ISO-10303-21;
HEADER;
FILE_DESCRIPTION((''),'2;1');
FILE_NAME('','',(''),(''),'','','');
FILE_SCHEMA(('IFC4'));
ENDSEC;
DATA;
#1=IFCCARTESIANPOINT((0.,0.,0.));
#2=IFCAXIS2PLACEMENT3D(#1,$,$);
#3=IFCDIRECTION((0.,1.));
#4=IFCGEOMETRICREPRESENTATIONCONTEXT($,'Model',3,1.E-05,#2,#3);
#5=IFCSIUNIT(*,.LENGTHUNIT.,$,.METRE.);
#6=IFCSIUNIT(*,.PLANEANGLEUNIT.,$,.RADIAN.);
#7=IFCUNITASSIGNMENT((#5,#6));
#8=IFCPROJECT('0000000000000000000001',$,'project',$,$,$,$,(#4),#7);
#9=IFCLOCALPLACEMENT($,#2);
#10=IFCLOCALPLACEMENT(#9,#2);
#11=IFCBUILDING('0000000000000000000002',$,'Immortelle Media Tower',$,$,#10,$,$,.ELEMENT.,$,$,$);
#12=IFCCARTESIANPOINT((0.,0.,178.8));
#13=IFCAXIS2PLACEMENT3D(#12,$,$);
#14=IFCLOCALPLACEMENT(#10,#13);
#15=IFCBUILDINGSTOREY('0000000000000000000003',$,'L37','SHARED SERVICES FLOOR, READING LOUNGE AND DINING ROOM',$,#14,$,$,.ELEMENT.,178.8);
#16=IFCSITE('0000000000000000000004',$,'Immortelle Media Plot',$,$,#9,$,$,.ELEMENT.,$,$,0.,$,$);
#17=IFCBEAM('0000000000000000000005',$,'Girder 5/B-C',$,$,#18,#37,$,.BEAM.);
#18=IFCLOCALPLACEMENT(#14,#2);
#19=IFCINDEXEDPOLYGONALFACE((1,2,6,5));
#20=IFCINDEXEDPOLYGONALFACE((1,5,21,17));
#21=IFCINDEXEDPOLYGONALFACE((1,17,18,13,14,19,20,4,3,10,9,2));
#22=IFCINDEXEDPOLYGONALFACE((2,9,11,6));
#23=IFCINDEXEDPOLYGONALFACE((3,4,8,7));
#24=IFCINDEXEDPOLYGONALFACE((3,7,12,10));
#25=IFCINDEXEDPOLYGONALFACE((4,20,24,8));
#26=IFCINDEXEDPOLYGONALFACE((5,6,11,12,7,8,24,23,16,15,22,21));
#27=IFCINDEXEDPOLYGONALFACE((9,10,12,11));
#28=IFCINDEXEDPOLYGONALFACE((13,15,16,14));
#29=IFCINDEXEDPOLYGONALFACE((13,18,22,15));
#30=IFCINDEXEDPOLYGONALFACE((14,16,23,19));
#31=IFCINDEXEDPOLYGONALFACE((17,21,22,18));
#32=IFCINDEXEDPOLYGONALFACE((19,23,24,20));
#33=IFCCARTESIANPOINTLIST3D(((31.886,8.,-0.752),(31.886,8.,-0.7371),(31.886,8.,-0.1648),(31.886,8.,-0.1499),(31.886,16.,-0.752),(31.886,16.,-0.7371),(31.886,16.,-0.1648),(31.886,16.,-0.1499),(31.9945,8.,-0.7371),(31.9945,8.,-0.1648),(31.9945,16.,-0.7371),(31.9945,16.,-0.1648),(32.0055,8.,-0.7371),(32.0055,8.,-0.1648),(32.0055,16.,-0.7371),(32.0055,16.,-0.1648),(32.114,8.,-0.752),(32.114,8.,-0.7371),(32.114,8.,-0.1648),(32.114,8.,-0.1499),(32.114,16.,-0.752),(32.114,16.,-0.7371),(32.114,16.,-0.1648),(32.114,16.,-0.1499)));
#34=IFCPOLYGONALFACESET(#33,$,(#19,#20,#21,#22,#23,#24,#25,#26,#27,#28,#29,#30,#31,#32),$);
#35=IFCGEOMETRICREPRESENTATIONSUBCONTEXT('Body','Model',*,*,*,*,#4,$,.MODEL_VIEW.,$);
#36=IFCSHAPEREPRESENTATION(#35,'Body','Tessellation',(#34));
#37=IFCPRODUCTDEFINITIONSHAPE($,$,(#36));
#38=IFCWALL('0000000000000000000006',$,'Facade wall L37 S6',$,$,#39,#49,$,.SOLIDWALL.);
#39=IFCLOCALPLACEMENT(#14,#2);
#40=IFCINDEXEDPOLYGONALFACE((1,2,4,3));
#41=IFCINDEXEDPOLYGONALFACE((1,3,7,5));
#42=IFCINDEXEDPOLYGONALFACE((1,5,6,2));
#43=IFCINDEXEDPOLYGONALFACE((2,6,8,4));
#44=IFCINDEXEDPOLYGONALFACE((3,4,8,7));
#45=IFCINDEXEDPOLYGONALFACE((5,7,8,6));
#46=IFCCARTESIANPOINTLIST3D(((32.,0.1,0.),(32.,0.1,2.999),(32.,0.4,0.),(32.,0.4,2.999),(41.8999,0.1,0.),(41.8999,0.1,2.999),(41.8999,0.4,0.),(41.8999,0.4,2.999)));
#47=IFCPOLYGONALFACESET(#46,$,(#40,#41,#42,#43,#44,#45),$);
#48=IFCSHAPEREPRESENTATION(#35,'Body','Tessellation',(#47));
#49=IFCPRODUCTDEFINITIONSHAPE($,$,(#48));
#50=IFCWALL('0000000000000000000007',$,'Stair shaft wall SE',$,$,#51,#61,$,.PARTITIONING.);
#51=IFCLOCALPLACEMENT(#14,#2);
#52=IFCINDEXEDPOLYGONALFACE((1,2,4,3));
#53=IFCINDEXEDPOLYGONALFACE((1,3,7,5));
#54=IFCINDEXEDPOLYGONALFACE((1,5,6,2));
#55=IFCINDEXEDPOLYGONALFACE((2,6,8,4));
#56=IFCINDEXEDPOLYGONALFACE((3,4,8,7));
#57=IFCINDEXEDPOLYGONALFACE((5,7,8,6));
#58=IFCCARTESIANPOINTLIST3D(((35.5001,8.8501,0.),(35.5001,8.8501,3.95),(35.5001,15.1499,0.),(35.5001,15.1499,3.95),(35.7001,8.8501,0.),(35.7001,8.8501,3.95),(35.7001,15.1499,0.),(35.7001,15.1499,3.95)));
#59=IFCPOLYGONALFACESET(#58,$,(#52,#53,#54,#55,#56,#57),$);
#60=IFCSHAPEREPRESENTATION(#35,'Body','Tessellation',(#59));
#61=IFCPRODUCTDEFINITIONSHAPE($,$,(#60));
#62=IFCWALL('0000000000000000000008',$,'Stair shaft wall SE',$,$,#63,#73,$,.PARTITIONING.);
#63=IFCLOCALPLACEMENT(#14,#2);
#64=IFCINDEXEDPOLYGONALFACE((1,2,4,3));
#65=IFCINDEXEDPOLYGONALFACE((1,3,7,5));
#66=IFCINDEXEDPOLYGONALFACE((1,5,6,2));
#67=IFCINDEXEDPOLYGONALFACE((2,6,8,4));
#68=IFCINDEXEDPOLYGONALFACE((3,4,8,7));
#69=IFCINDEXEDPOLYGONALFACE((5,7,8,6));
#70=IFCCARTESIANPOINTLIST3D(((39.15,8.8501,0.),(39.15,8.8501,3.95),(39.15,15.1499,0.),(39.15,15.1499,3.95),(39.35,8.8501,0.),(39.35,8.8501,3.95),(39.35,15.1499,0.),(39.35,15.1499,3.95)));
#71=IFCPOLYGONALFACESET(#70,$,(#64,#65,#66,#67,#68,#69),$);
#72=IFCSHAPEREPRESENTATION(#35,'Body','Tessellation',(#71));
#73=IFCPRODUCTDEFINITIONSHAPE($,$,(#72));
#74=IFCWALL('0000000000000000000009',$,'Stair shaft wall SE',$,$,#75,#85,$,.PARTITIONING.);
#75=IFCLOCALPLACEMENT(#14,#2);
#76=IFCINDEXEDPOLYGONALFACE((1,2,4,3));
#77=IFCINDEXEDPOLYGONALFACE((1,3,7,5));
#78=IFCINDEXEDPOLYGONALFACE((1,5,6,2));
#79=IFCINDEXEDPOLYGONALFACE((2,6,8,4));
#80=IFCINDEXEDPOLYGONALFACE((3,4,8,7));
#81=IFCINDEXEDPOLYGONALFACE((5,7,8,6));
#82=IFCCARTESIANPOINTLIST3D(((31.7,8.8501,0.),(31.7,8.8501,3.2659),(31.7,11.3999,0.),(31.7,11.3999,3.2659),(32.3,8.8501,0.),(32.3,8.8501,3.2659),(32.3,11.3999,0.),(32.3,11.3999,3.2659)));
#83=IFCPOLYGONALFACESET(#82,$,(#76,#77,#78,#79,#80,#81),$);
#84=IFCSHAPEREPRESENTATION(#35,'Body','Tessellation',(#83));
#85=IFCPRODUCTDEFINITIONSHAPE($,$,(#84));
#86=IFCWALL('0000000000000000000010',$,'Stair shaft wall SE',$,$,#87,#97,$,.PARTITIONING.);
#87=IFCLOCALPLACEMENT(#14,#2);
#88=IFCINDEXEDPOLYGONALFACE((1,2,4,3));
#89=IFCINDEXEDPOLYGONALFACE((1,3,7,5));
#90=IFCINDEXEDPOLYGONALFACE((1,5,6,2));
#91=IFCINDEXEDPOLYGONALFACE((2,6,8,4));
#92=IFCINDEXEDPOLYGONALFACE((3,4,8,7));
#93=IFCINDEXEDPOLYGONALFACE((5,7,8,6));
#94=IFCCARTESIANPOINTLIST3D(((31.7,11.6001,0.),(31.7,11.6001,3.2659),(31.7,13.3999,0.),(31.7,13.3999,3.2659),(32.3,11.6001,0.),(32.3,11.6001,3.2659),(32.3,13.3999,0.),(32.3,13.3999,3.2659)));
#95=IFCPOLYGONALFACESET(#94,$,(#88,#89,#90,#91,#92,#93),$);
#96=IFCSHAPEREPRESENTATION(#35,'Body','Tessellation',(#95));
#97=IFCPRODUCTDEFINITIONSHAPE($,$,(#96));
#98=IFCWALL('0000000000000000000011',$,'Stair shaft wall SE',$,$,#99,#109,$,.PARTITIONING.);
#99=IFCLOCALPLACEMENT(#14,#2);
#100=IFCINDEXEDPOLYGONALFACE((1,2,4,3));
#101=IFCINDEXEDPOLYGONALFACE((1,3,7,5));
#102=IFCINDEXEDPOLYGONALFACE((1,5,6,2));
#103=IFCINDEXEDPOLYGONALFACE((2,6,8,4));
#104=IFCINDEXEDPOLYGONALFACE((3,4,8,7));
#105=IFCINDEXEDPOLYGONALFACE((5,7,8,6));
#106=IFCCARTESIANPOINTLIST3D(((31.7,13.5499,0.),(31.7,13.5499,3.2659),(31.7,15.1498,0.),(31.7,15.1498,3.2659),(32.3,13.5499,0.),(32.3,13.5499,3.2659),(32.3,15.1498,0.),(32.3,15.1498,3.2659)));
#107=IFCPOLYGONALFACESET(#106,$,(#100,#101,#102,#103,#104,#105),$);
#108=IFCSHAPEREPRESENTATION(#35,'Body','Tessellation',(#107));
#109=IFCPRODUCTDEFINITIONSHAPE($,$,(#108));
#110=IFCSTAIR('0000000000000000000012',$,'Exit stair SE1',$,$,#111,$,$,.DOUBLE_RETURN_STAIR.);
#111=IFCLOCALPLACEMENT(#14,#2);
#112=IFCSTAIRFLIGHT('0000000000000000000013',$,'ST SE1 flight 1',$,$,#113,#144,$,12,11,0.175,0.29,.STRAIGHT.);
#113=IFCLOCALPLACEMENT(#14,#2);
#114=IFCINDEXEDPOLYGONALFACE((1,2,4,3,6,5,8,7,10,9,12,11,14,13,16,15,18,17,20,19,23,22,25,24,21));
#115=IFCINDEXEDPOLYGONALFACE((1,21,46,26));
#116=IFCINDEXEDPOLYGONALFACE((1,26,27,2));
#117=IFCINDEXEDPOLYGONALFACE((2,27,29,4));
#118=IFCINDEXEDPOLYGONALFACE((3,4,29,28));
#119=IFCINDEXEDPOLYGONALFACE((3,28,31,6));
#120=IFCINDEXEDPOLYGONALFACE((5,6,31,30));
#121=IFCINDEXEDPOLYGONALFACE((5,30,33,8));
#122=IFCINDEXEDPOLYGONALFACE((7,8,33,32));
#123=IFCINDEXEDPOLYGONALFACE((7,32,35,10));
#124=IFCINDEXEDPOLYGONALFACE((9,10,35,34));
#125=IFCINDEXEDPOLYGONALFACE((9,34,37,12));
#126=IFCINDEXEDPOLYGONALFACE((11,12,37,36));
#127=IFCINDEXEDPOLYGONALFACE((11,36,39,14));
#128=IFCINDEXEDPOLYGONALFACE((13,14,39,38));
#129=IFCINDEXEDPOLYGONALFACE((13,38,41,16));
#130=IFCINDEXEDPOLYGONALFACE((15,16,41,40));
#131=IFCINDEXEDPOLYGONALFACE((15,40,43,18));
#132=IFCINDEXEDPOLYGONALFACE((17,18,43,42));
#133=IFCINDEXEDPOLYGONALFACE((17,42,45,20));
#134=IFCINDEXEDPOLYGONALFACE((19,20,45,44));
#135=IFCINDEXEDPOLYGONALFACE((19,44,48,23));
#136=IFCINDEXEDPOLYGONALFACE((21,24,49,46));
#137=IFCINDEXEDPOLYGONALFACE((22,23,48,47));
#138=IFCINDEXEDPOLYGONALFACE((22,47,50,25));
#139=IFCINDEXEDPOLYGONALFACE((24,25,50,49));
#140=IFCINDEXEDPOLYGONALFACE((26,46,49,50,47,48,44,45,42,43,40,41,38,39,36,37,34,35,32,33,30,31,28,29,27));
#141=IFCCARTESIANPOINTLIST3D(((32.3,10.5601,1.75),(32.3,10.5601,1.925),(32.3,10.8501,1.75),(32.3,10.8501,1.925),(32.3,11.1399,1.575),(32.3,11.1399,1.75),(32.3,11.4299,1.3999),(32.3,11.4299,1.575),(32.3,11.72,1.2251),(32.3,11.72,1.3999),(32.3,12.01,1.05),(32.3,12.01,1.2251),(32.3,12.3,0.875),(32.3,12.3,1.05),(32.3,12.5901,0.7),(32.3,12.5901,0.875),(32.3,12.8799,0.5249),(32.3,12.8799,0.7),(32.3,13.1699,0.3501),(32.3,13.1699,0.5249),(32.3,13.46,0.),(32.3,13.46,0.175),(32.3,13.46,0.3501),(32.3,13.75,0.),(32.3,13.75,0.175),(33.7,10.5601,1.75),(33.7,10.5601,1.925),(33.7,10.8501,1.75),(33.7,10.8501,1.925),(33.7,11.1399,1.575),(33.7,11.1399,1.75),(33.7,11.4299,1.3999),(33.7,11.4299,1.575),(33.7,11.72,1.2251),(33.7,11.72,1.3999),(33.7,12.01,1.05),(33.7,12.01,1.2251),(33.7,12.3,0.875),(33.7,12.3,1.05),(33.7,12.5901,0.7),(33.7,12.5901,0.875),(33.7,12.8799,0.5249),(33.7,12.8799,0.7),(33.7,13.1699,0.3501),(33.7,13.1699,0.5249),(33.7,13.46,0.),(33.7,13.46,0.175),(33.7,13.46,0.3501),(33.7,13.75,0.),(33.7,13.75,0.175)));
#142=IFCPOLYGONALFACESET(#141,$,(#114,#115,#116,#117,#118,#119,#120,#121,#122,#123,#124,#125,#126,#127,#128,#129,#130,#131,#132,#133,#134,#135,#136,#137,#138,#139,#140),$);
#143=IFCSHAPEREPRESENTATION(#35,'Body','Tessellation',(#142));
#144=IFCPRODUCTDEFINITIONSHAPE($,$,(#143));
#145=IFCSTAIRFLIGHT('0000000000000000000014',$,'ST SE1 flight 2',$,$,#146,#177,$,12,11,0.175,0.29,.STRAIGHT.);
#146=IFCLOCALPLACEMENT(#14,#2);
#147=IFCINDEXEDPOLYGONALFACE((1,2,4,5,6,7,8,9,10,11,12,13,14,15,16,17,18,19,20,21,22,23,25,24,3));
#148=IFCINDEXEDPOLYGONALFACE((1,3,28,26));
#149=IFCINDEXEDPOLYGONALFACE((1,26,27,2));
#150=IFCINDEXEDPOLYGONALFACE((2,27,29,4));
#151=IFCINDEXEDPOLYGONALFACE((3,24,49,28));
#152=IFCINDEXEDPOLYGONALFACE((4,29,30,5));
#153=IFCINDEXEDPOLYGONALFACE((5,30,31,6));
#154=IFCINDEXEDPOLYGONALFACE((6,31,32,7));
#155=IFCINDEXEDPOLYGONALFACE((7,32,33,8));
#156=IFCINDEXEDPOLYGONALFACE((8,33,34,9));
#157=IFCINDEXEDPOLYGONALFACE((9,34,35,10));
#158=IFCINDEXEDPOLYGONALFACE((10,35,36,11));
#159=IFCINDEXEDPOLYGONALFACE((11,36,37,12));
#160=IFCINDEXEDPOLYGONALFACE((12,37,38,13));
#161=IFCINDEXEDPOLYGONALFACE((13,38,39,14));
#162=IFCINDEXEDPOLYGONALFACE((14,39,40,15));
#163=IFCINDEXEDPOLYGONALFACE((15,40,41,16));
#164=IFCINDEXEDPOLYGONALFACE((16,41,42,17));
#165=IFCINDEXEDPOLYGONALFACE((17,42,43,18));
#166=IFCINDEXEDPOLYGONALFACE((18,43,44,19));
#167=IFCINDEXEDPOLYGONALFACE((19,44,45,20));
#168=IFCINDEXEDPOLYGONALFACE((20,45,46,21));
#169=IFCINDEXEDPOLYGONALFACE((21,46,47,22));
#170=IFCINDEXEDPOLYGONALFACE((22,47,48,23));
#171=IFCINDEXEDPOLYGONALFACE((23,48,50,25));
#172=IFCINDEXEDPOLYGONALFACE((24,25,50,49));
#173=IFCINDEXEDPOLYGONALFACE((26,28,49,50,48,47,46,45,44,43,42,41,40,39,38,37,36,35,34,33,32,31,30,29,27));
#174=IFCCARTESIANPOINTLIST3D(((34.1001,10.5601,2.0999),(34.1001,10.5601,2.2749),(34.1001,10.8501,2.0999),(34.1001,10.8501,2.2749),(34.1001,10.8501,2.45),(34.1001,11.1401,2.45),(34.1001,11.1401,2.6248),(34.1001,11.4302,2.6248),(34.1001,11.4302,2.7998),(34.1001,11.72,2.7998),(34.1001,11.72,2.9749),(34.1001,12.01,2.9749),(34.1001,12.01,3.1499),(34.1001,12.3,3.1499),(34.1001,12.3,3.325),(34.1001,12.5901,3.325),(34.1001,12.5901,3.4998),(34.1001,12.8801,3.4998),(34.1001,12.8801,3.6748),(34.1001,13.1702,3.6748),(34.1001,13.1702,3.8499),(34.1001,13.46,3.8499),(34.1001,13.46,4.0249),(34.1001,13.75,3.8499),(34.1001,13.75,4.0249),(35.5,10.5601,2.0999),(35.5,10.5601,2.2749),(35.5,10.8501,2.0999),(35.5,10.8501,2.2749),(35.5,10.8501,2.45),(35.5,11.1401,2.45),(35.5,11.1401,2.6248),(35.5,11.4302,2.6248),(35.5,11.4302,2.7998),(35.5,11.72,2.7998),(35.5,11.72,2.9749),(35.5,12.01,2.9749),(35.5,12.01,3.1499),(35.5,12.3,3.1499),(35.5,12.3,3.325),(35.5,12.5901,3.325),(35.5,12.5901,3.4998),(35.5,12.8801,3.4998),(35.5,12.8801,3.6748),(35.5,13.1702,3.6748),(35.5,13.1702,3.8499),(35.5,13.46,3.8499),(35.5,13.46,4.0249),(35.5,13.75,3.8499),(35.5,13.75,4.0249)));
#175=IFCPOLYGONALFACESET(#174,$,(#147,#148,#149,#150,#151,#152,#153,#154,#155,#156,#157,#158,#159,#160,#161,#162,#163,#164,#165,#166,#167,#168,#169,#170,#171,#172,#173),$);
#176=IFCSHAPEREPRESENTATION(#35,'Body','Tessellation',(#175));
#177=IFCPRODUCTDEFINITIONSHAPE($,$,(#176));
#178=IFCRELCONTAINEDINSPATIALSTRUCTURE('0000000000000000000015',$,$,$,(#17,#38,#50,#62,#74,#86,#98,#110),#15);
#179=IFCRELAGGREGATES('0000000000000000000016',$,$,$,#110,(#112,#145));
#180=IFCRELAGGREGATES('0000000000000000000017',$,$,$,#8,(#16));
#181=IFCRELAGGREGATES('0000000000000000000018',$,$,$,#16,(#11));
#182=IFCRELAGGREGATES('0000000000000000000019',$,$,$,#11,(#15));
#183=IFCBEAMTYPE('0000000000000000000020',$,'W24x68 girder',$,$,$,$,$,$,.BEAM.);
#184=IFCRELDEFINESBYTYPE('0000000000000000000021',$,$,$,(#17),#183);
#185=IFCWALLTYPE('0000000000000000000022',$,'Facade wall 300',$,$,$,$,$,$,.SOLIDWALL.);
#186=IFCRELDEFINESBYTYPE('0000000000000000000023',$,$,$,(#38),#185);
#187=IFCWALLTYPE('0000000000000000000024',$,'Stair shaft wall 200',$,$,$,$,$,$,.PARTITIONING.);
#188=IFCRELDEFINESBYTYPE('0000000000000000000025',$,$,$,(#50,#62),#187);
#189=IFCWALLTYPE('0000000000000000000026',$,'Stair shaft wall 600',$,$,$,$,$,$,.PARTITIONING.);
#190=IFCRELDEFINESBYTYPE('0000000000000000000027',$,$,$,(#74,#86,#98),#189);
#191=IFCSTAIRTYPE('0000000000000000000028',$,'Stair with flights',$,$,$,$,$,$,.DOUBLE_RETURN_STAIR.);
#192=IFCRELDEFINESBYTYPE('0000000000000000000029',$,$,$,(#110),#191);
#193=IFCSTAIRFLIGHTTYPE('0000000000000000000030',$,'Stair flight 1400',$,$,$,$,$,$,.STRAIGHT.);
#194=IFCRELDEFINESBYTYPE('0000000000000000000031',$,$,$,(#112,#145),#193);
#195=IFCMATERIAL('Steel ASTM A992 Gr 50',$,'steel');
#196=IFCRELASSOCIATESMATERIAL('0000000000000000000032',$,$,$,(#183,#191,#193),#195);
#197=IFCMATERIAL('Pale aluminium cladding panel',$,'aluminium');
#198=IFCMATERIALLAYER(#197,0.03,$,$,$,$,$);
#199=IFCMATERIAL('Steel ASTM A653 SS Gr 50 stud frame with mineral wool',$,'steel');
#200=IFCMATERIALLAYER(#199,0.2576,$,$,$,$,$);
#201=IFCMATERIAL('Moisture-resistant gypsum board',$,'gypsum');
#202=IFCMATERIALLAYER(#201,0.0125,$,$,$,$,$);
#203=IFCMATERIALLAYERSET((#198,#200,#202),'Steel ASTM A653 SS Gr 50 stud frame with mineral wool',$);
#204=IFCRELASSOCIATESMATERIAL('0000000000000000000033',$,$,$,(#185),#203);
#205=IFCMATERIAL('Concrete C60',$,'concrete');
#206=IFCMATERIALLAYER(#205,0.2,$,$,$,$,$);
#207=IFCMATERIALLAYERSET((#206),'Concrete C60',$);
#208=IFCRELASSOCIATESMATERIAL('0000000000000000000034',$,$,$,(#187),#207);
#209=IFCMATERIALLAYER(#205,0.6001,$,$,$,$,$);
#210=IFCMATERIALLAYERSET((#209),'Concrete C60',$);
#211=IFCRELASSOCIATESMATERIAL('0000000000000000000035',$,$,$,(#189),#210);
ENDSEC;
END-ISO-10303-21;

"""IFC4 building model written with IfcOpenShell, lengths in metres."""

from ifc_helpers import new_model, si_unit, direction, frame, frame_2d, origin, origin_2d, place, context, subcontext, project, spatial, polyline, rectangle, i_section, outline, extrude, material, layer, layer_set, material_profile, profile_set, type_object, element, aggregate, save


model = new_model("IFC4")

# Units and contexts
model_context = context("Model", 3, precision=1e-05, world=origin(), true_north=direction((0.0, 1.0)))
body_context = subcontext(model_context, "Body", "Model", "MODEL_VIEW")
ifc_project = project(units=[si_unit("LENGTHUNIT", "METRE"), si_unit("PLANEANGLEUNIT", "RADIAN")], contexts=[model_context])

# Site, building, storey
site_placement = place(None, origin())
site = spatial("IfcSite", under=ifc_project, at=site_placement, Name="Immortelle Media Plot", CompositionType="ELEMENT", RefElevation=0.0)
building_placement = place(site_placement, origin())
building = spatial("IfcBuilding", under=site, at=building_placement, Name="Immortelle Media Tower", CompositionType="ELEMENT")
storey_placement = place(building_placement, frame((0.0, 0.0, 178.8)))
storey = spatial("IfcBuildingStorey", under=building, at=storey_placement, Name="L37", Description="SHARED SERVICES FLOOR, READING LOUNGE AND DINING ROOM", CompositionType="ELEMENT", Elevation=178.8)

# Shared definitions
ifc_material_1 = material(Name="Steel ASTM A992 Gr 50", Category="steel")

# Beam
ifc_material_profile_1 = material_profile(ifc_material_1, i_section(OverallWidth=0.228, OverallDepth=0.6021, WebThickness=0.011, FlangeThickness=0.0149, at=origin_2d()), Name="W24x68")
ifc_profile_set_1 = profile_set([ifc_material_profile_1], Name="Steel ASTM A992 Gr 50")
beam_type_1 = type_object("IfcBeamType", Name="W24x68 girder", PredefinedType="BEAM", material=ifc_profile_set_1)
for number, where, z_axis, x_axis, name in (
    (1, (32.0, 8.0, -0.4509), (0.0, 1.0, 0.0), (-1.0, 0.0, 0.0), "Girder 5/B-C"),
):
    element("IfcBeam", number, at=place(storey_placement, frame(where, z_axis=z_axis, x_axis=x_axis)), inside=storey, type_object=beam_type_1, Name=name, PredefinedType="BEAM", context=body_context, shape_type="SweptSolid", body=[
        extrude(i_section(OverallWidth=0.228, OverallDepth=0.6021, WebThickness=0.011, FlangeThickness=0.0149, at=origin_2d()), origin(), (0.0, 0.0, 1.0), 8.0),
    ])

# Walls
ifc_material_2 = material(Name="Pale aluminium cladding panel", Category="aluminium")
ifc_layer_1 = layer(ifc_material_2, 0.03)
ifc_material_3 = material(Name="Steel ASTM A653 SS Gr 50 stud frame with mineral wool", Category="steel")
ifc_layer_2 = layer(ifc_material_3, 0.2576)
ifc_material_4 = material(Name="Moisture-resistant gypsum board", Category="gypsum")
ifc_layer_3 = layer(ifc_material_4, 0.0125)
ifc_layer_set_1 = layer_set([ifc_layer_1, ifc_layer_2, ifc_layer_3], Name="Steel ASTM A653 SS Gr 50 stud frame with mineral wool")
wall_type_1 = type_object("IfcWallType", Name="Facade wall 300", PredefinedType="SOLIDWALL", material=ifc_layer_set_1)
wall_1_placement = place(storey_placement, frame((32.0, 0.25, 0.0), z_axis=(0.0, 0.0, 1.0), x_axis=(1.0, 0.0, 0.0)))
element("IfcWall", 2, at=wall_1_placement, inside=storey, type_object=wall_type_1, Name="Facade wall L37 S6", PredefinedType="SOLIDWALL", context=body_context, shape_type="SweptSolid", body=[
    extrude(rectangle(XDim=9.8999, YDim=0.3, at=frame_2d((4.95, 0.0))), origin(), (0.0, 0.0, 1.0), 2.999),
])
ifc_material_5 = material(Name="Concrete C60", Category="concrete")
ifc_layer_4 = layer(ifc_material_5, 0.2)
ifc_layer_set_2 = layer_set([ifc_layer_4], Name="Concrete C60")
wall_type_2 = type_object("IfcWallType", Name="Stair shaft wall 200", PredefinedType="PARTITIONING", material=ifc_layer_set_2)
for number, where, z_axis, x_axis, name in (
    (3, (35.6001, 8.8501, 0.0), (0.0, 0.0, 1.0), (0.0, 1.0, 0.0), "Stair shaft wall SE"),
    (4, (39.25, 8.8501, 0.0), (0.0, 0.0, 1.0), (0.0, 1.0, 0.0), "Stair shaft wall SE"),
):
    element("IfcWall", number, at=place(storey_placement, frame(where, z_axis=z_axis, x_axis=x_axis)), inside=storey, type_object=wall_type_2, Name=name, PredefinedType="PARTITIONING", context=body_context, shape_type="SweptSolid", body=[
        extrude(rectangle(XDim=6.2998, YDim=0.2, at=frame_2d((3.1499, 0.0))), origin(), (0.0, 0.0, 1.0), 3.95),
    ])
ifc_layer_5 = layer(ifc_material_5, 0.6001)
ifc_layer_set_3 = layer_set([ifc_layer_5], Name="Concrete C60")
wall_type_3 = type_object("IfcWallType", Name="Stair shaft wall 600", PredefinedType="PARTITIONING", material=ifc_layer_set_3)
wall_2_placement = place(storey_placement, frame((32.0, 8.8501, 0.0), z_axis=(0.0, 0.0, 1.0), x_axis=(0.0, 1.0, 0.0)))
element("IfcWall", 5, at=wall_2_placement, inside=storey, type_object=wall_type_3, Name="Stair shaft wall SE", PredefinedType="PARTITIONING", context=body_context, shape_type="SweptSolid", body=[
    extrude(rectangle(XDim=2.5498, YDim=0.6001, at=frame_2d((1.2749, 0.0))), origin(), (0.0, 0.0, 1.0), 3.2659),
])
wall_3_placement = place(storey_placement, frame((32.0, 11.6001, 0.0), z_axis=(0.0, 0.0, 1.0), x_axis=(0.0, 1.0, 0.0)))
element("IfcWall", 6, at=wall_3_placement, inside=storey, type_object=wall_type_3, Name="Stair shaft wall SE", PredefinedType="PARTITIONING", context=body_context, shape_type="SweptSolid", body=[
    extrude(rectangle(XDim=1.7998, YDim=0.6001, at=frame_2d((0.8999, 0.0))), origin(), (0.0, 0.0, 1.0), 3.2659),
])
wall_4_placement = place(storey_placement, frame((32.0, 13.55, 0.0), z_axis=(0.0, 0.0, 1.0), x_axis=(0.0, 1.0, 0.0)))
element("IfcWall", 7, at=wall_4_placement, inside=storey, type_object=wall_type_3, Name="Stair shaft wall SE", PredefinedType="PARTITIONING", context=body_context, shape_type="SweptSolid", body=[
    extrude(rectangle(XDim=1.5999, YDim=0.6001, at=frame_2d((0.7998, 0.0))), origin(), (0.0, 0.0, 1.0), 3.2659),
])

# Stair, stair flights
stair_type = type_object("IfcStairType", Name="Stair with flights", PredefinedType="DOUBLE_RETURN_STAIR", material=ifc_material_1)
stair_1_placement = place(storey_placement, origin())
stair_1 = element("IfcStair", 8, at=stair_1_placement, inside=storey, type_object=stair_type, Name="Exit stair SE1", PredefinedType="DOUBLE_RETURN_STAIR")
stair_flight_type = type_object("IfcStairFlightType", Name="Stair flight 1400", PredefinedType="STRAIGHT", material=ifc_material_1)
stair_flight_1_placement = place(storey_placement, frame((33.0, 13.75, 0.0), z_axis=(0.0, 0.0, 1.0), x_axis=(0.0, -1.0, 0.0)))
stair_flight_1 = element("IfcStairFlight", 9, at=stair_flight_1_placement, type_object=stair_flight_type, Name="ST SE1 flight 1", NumberOfRisers=12, NumberOfTreads=11, PredefinedType="STRAIGHT", RiserHeight=0.175, TreadLength=0.29, context=body_context, shape_type="SweptSolid", body=[
    extrude(outline(polyline([(0.0, 0.0), (0.0, 0.175), (0.29, 0.175), (0.29, 0.3501), (0.5801, 0.3501), (0.5801, 0.5249), (0.8701, 0.5249), (0.8701, 0.7), (1.1599, 0.7), (1.1599, 0.875), (1.45, 0.875), (1.45, 1.05), (1.74, 1.05), (1.74, 1.2251), (2.03, 1.2251), (2.03, 1.3999), (2.3201, 1.3999), (2.3201, 1.575), (2.6101, 1.575), (2.6101, 1.75), (2.8999, 1.75), (2.8999, 1.925), (3.1899, 1.925), (3.1899, 2.1001), (3.1899, 1.75), (0.29, 0.0), (0.0, 0.0)])), frame((0.0, 0.7, 0.0), z_axis=(0.0, -1.0, 0.0), x_axis=(1.0, 0.0, 0.0)), (0.0, 0.0, 1.0), 1.3999),
])
stair_flight_2_placement = place(storey_placement, frame((34.8, 10.5601, 2.0999), z_axis=(0.0, 0.0, 1.0), x_axis=(0.0, 1.0, 0.0)))
stair_flight_2 = element("IfcStairFlight", 10, at=stair_flight_2_placement, type_object=stair_flight_type, Name="ST SE1 flight 2", NumberOfRisers=12, NumberOfTreads=11, PredefinedType="STRAIGHT", RiserHeight=0.175, TreadLength=0.29, context=body_context, shape_type="SweptSolid", body=[
    extrude(outline(polyline([(0.0, 0.0), (0.0, 0.175), (0.29, 0.175), (0.29, 0.3501), (0.5801, 0.3501), (0.5801, 0.5249), (0.8701, 0.5249), (0.8701, 0.7), (1.1599, 0.7), (1.1599, 0.875), (1.45, 0.875), (1.45, 1.05), (1.74, 1.05), (1.74, 1.2251), (2.03, 1.2251), (2.03, 1.3999), (2.3201, 1.3999), (2.3201, 1.575), (2.6101, 1.575), (2.6101, 1.75), (2.8999, 1.75), (2.8999, 1.925), (3.1899, 1.925), (3.1899, 2.1001), (3.1899, 1.75), (0.29, 0.0), (0.0, 0.0)])), frame((0.0, 0.7, 0.0), z_axis=(0.0, -1.0, 0.0), x_axis=(1.0, 0.0, 0.0)), (0.0, 0.0, 1.0), 1.3999),
])
aggregate(stair_1, [stair_flight_1, stair_flight_2])

save(model, "model.ifc")
